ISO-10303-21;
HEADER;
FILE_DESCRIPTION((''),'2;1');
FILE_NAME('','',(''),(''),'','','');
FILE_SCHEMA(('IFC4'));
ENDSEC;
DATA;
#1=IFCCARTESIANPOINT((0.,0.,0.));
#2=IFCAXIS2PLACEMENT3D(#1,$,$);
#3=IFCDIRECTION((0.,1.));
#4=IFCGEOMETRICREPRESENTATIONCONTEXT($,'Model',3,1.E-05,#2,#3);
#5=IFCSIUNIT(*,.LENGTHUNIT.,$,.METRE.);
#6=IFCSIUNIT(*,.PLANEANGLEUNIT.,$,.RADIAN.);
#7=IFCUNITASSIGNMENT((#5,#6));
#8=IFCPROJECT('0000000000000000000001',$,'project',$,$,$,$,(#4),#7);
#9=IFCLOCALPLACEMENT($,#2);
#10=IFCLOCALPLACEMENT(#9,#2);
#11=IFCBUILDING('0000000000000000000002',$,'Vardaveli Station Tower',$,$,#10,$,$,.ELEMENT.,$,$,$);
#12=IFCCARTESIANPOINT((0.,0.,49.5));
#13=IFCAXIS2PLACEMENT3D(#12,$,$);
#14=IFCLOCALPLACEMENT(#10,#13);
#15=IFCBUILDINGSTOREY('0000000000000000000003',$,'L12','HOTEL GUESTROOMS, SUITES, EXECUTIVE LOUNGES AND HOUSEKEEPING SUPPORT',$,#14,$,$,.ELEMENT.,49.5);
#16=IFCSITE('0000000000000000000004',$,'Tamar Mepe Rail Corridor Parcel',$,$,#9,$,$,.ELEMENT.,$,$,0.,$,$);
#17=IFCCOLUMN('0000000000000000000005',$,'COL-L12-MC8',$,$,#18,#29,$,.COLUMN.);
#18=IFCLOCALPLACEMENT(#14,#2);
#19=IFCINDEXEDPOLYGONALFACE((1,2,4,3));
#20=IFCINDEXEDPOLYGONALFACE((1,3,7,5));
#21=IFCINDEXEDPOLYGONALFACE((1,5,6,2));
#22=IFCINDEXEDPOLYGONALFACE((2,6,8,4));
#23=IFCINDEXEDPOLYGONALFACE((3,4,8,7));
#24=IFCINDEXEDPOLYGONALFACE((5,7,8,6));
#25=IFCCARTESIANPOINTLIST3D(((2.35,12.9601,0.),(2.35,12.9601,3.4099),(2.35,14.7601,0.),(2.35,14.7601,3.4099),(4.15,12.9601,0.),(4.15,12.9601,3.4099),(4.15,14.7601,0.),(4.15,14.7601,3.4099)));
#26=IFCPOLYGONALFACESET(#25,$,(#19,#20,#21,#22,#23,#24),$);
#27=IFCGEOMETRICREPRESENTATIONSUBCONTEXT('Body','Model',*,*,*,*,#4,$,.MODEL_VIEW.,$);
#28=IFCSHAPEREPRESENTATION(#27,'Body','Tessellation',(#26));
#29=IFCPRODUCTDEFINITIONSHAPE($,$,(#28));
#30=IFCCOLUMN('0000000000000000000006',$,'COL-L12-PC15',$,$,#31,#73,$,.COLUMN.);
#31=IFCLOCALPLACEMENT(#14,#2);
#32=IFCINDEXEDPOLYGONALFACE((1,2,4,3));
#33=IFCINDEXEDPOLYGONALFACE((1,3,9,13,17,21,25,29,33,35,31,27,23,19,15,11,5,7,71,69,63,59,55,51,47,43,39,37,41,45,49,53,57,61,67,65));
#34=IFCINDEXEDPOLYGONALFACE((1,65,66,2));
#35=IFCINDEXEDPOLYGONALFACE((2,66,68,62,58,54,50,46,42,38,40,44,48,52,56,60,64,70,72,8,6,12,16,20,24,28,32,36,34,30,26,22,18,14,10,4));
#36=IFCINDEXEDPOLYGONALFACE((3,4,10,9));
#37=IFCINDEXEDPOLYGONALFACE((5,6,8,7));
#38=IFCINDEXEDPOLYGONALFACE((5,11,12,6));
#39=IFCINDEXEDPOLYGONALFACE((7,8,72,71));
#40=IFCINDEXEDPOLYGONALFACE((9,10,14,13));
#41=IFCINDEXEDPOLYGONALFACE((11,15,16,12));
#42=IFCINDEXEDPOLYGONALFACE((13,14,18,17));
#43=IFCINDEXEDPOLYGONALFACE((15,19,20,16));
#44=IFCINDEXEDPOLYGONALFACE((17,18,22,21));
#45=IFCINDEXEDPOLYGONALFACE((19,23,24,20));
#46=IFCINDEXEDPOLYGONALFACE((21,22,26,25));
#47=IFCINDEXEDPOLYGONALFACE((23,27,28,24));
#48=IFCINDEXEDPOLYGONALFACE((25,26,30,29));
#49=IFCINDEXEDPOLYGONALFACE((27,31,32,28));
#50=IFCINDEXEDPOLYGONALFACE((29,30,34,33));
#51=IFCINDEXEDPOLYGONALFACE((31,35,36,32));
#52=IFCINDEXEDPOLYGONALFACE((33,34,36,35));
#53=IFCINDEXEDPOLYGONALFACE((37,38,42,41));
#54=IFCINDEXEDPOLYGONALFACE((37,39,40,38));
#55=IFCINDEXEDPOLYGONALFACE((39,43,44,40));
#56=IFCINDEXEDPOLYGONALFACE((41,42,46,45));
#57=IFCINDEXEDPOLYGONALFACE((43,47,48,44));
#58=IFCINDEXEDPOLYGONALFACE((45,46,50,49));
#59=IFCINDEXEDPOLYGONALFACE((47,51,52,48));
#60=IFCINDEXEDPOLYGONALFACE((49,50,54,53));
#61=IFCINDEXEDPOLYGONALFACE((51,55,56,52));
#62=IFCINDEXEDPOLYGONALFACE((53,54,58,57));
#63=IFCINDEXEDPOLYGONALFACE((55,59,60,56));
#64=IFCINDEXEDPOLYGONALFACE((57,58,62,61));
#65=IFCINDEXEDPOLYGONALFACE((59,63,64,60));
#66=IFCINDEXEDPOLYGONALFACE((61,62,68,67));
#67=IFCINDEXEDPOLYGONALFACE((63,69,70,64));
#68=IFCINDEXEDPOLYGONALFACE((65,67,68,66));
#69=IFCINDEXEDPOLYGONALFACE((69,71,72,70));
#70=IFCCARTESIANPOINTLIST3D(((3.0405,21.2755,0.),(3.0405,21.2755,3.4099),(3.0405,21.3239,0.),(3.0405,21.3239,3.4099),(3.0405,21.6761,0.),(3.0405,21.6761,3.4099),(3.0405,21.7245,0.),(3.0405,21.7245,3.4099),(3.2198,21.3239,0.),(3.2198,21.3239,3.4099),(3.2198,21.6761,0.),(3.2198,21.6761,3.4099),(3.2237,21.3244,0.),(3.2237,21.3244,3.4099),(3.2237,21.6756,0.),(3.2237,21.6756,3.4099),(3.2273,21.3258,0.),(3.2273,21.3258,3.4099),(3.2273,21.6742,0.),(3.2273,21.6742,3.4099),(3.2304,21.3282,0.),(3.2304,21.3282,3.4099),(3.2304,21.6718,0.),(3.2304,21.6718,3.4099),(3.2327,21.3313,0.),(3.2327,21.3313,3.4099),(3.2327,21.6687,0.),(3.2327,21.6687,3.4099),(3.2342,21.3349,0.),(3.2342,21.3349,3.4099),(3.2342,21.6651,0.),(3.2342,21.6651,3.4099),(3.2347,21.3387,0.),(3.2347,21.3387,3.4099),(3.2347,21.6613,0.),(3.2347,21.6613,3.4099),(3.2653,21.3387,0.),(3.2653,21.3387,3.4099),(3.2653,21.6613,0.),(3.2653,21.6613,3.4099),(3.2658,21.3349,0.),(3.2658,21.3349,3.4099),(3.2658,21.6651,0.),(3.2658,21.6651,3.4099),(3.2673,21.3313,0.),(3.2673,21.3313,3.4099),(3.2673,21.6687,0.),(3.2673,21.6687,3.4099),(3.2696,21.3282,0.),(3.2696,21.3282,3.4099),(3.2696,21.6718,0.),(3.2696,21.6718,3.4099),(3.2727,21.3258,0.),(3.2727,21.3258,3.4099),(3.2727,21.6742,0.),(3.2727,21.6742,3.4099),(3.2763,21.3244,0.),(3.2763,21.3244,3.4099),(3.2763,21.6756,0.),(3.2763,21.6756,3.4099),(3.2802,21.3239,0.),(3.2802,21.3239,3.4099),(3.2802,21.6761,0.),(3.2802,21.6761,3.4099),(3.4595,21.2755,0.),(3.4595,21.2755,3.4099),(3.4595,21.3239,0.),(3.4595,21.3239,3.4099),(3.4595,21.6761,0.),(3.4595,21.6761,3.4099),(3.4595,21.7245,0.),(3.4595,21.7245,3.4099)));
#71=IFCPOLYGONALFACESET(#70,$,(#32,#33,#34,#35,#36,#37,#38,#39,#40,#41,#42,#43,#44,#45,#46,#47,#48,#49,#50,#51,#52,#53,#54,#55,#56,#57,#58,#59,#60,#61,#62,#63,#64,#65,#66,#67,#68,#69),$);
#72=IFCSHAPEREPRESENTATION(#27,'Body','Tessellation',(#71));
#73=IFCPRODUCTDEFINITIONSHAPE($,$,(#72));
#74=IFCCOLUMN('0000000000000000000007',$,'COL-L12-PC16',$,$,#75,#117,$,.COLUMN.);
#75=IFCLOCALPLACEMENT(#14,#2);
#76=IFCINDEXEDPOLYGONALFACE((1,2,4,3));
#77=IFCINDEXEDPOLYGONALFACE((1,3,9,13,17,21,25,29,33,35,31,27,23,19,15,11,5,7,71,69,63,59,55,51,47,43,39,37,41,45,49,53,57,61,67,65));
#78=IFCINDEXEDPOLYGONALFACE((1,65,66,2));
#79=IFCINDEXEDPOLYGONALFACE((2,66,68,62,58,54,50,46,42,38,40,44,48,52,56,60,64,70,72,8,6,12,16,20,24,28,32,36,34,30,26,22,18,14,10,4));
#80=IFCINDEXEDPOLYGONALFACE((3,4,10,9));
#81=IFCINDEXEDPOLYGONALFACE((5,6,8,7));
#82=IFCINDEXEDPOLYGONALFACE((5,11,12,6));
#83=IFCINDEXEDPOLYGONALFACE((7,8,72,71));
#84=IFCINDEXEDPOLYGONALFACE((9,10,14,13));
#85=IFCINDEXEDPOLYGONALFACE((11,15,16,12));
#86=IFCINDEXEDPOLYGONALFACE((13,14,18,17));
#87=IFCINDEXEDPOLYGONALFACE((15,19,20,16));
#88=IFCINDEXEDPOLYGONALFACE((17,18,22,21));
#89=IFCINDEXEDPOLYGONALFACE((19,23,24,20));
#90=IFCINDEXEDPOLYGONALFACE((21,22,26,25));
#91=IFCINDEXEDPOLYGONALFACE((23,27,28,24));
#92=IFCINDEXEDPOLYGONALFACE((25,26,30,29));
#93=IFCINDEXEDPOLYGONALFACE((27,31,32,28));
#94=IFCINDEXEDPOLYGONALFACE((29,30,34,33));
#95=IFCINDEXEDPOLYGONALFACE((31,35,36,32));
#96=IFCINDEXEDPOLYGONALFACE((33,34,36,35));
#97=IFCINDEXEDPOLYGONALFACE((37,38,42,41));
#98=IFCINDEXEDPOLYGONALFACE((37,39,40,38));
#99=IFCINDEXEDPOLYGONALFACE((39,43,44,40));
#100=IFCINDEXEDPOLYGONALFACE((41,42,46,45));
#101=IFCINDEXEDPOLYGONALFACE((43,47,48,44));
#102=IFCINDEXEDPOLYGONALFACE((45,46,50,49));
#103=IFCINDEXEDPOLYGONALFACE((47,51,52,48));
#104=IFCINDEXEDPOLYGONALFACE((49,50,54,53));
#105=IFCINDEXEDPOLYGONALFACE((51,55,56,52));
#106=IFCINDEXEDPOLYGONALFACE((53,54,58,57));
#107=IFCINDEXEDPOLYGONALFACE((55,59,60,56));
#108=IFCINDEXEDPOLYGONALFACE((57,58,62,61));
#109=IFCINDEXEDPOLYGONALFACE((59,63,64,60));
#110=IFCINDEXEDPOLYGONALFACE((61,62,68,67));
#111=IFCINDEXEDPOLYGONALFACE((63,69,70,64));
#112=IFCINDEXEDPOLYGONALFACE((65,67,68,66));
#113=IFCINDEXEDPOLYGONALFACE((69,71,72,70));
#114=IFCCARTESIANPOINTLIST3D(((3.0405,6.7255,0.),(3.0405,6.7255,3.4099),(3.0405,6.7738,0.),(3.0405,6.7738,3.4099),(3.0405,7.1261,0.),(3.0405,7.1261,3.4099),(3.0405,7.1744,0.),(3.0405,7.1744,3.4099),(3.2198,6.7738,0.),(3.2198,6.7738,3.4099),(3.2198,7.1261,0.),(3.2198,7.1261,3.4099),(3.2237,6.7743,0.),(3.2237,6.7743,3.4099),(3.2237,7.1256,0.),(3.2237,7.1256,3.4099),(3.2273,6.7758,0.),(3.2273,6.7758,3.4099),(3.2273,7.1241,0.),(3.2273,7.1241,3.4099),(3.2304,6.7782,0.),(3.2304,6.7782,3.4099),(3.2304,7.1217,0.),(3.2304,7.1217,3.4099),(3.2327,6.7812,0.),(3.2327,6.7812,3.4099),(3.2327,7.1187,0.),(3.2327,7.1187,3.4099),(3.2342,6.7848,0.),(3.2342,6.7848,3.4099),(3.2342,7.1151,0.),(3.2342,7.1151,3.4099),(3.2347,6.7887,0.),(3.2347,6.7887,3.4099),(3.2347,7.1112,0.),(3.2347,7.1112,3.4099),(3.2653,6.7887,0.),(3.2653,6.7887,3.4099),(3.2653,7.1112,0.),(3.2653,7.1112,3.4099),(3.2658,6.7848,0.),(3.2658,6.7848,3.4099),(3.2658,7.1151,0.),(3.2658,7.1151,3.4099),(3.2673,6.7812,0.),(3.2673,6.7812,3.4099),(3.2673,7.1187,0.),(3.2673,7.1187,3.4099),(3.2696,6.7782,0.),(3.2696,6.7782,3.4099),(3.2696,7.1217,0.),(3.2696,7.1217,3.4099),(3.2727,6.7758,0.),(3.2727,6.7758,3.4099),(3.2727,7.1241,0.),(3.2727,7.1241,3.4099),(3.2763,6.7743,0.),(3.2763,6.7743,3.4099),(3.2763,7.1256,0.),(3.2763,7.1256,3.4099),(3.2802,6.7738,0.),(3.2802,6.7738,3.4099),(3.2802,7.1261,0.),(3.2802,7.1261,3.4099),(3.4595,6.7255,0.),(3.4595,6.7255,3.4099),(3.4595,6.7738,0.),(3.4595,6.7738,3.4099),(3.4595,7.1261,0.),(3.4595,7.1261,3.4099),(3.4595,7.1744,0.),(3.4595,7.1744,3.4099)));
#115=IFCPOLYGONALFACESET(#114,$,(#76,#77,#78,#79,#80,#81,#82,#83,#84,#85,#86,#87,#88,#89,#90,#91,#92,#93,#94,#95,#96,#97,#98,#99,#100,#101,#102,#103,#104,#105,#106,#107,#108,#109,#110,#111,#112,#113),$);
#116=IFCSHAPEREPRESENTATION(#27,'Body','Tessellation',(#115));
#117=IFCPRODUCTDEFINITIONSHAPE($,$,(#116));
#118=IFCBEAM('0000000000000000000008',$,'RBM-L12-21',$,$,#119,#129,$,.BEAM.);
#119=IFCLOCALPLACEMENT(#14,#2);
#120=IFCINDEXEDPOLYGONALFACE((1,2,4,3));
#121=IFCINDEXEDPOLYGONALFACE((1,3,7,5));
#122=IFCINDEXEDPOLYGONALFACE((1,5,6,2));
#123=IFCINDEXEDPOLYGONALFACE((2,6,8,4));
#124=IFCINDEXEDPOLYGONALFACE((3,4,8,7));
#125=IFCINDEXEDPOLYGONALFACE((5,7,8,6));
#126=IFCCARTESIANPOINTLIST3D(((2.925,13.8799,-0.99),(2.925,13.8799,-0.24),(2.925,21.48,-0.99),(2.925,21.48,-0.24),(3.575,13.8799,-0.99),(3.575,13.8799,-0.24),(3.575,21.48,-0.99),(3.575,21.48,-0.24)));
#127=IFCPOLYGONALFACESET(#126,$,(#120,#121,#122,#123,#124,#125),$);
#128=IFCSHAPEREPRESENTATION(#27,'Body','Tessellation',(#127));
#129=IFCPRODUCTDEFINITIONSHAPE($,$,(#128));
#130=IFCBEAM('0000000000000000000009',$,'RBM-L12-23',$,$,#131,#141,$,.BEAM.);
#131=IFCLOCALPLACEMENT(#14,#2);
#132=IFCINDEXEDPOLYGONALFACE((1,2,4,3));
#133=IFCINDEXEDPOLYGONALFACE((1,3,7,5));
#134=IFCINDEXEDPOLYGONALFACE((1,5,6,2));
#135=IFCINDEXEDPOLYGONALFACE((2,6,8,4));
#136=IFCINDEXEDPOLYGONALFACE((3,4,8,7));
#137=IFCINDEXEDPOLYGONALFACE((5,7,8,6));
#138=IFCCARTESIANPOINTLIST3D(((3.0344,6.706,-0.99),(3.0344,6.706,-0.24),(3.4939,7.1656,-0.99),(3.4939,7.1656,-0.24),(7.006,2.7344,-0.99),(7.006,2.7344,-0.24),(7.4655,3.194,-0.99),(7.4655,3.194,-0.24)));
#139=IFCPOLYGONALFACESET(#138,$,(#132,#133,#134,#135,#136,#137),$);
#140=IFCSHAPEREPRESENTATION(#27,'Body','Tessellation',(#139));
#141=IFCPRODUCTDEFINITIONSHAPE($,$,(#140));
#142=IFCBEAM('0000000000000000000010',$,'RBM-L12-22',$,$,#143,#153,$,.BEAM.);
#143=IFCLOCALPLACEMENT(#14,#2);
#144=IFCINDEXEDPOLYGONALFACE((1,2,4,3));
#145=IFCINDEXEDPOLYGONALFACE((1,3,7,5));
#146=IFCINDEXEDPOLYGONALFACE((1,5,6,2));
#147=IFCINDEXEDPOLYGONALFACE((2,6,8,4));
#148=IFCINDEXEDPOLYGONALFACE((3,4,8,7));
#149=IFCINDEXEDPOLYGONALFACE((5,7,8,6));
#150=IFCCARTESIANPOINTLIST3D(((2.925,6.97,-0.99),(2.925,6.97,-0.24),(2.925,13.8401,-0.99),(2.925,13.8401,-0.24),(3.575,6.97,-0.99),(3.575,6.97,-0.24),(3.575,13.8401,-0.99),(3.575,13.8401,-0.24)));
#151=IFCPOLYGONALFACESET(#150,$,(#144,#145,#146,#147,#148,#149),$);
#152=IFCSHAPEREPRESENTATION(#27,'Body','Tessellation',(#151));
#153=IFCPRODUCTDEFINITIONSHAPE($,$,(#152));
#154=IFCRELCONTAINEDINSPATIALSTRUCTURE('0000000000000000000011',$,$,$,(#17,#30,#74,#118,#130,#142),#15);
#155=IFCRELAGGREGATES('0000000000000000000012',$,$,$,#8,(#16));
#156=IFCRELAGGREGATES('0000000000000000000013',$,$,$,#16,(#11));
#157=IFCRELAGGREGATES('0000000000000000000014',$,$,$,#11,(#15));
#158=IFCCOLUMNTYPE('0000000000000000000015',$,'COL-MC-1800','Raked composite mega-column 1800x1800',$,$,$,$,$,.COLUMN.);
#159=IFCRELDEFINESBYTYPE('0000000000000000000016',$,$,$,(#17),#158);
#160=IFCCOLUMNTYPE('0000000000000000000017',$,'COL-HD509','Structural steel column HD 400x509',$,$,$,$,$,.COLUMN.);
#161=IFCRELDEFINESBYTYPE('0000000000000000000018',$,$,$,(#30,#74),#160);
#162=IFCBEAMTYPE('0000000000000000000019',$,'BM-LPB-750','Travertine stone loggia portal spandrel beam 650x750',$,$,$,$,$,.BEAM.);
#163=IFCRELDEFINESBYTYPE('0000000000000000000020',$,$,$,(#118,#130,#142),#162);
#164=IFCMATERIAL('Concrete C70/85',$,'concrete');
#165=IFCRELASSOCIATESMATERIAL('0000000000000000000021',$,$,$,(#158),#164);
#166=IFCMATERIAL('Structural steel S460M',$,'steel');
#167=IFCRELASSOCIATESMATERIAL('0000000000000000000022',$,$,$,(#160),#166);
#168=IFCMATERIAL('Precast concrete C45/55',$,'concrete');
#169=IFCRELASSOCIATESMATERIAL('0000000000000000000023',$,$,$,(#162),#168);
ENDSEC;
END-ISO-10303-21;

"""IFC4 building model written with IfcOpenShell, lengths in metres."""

from ifc_helpers import new_model, si_unit, direction, frame, origin, origin_2d, place, context, subcontext, project, spatial, rectangle, i_section, extrude, source, transform, mapped, material, material_profile, profile_set, type_object, element, save


model = new_model("IFC4")

# Units and contexts
model_context = context("Model", 3, precision=1e-05, world=origin(), true_north=direction((0.0, 1.0)))
body_context = subcontext(model_context, "Body", "Model", "MODEL_VIEW")
ifc_project = project(units=[si_unit("LENGTHUNIT", "METRE"), si_unit("PLANEANGLEUNIT", "RADIAN")], contexts=[model_context])

# Site, building, storey
site_placement = place(None, origin())
site = spatial("IfcSite", under=ifc_project, at=site_placement, Name="Tamar Mepe Rail Corridor Parcel", CompositionType="ELEMENT", RefElevation=0.0)
building_placement = place(site_placement, origin())
building = spatial("IfcBuilding", under=site, at=building_placement, Name="Vardaveli Station Tower", CompositionType="ELEMENT")
storey_placement = place(building_placement, frame((0.0, 0.0, 49.5)))
storey = spatial("IfcBuildingStorey", under=building, at=storey_placement, Name="L12", Description="HOTEL GUESTROOMS, SUITES, EXECUTIVE LOUNGES AND HOUSEKEEPING SUPPORT", CompositionType="ELEMENT", Elevation=49.5)

# Columns
ifc_material_1 = material(Name="Concrete C70/85", Category="concrete")
ifc_material_profile_1 = material_profile(ifc_material_1, rectangle(XDim=1.8, YDim=1.8, at=origin_2d()), Name="MC 1800x1800")
ifc_profile_set_1 = profile_set([ifc_material_profile_1], Name="Concrete C70/85")
column_type_1 = type_object("IfcColumnType", Name="COL-MC-1800", Description="Raked composite mega-column 1800x1800", PredefinedType="COLUMN", material=ifc_profile_set_1)
shared_shape_1 = source(origin(), body_context, "Body", "SweptSolid", [
    extrude(rectangle(XDim=1.8, YDim=1.8, at=origin_2d()), origin(), (0.0, 0.0, 1.0), 3.4099),
])
column_placement = place(storey_placement, frame((3.25, 13.8601, 0.0), z_axis=(0.0, 0.0, 1.0), x_axis=(1.0, 0.0, 0.0)))
element("IfcColumn", 1, at=column_placement, inside=storey, type_object=column_type_1, Name="COL-L12-MC8", PredefinedType="COLUMN", context=body_context, shape_type="MappedRepresentation", body=[
    mapped(shared_shape_1, transform((0.0, 0.0, 0.0), scale=1.0)),
])
ifc_material_2 = material(Name="Structural steel S460M", Category="steel")
ifc_material_profile_2 = material_profile(ifc_material_2, i_section(OverallWidth=0.4189, OverallDepth=0.449, WebThickness=0.0305, FlangeThickness=0.0483, FilletRadius=0.0149, at=origin_2d()), Name="HD 400x509")
ifc_profile_set_2 = profile_set([ifc_material_profile_2], Name="Structural steel S460M")
column_type_2 = type_object("IfcColumnType", Name="COL-HD509", Description="Structural steel column HD 400x509", PredefinedType="COLUMN", material=ifc_profile_set_2)
shared_shape_2 = source(origin(), body_context, "Body", "SweptSolid", [
    extrude(i_section(OverallWidth=0.4189, OverallDepth=0.449, WebThickness=0.0305, FlangeThickness=0.0483, FilletRadius=0.0149, at=origin_2d()), origin(), (0.0, 0.0, 1.0), 3.4099),
])
for number, where, z_axis, x_axis, name in (
    (2, (3.25, 21.5, 0.0), (0.0, 0.0, 1.0), (1.0, 0.0, 0.0), "COL-L12-PC15"),
    (3, (3.25, 6.95, 0.0), (0.0, 0.0, 1.0), (1.0, 0.0, 0.0), "COL-L12-PC16"),
):
    element("IfcColumn", number, at=place(storey_placement, frame(where, z_axis=z_axis, x_axis=x_axis)), inside=storey, type_object=column_type_2, Name=name, PredefinedType="COLUMN", context=body_context, shape_type="MappedRepresentation", body=[
        mapped(shared_shape_2, transform((0.0, 0.0, 0.0), scale=1.0)),
    ])

# Beams
ifc_material_3 = material(Name="Precast concrete C45/55", Category="concrete")
ifc_material_profile_3 = material_profile(ifc_material_3, rectangle(XDim=0.6499, YDim=0.75, at=origin_2d()), Name="LPB 650x750")
ifc_profile_set_3 = profile_set([ifc_material_profile_3], Name="Precast concrete C45/55")
beam_type_1 = type_object("IfcBeamType", Name="BM-LPB-750", Description="Travertine stone loggia portal spandrel beam 650x750", PredefinedType="BEAM", material=ifc_profile_set_3)
shared_shape_3 = source(origin(), body_context, "Body", "SweptSolid", [
    extrude(rectangle(XDim=0.6499, YDim=0.75, at=origin_2d()), origin(), (0.0, 0.0, 1.0), 7.6001),
])
beam_1_placement = place(storey_placement, frame((3.25, 21.48, -0.615), z_axis=(0.0, -1.0, 0.0), x_axis=(1.0, 0.0, 0.0)))
element("IfcBeam", 4, at=beam_1_placement, inside=storey, type_object=beam_type_1, Name="RBM-L12-21", PredefinedType="BEAM", context=body_context, shape_type="MappedRepresentation", body=[
    mapped(shared_shape_3, transform((0.0, 0.0, 0.0), scale=1.0)),
])
shared_shape_4 = source(origin(), body_context, "Body", "SweptSolid", [
    extrude(rectangle(XDim=0.6499, YDim=0.75, at=origin_2d()), origin(), (0.0, 0.0, 1.0), 5.6167),
])
beam_2_placement = place(storey_placement, frame((3.2642, 6.9358, -0.615), z_axis=(0.707107, -0.707107, 0.0), x_axis=(0.707107, 0.707107, 0.0)))
element("IfcBeam", 5, at=beam_2_placement, inside=storey, type_object=beam_type_1, Name="RBM-L12-23", PredefinedType="BEAM", context=body_context, shape_type="MappedRepresentation", body=[
    mapped(shared_shape_4, transform((0.0, 0.0, 0.0), scale=1.0)),
])
shared_shape_5 = source(origin(), body_context, "Body", "SweptSolid", [
    extrude(rectangle(XDim=0.6499, YDim=0.75, at=origin_2d()), origin(), (0.0, 0.0, 1.0), 6.8701),
])
beam_3_placement = place(storey_placement, frame((3.25, 13.8401, -0.615), z_axis=(0.0, -1.0, 0.0), x_axis=(1.0, 0.0, 0.0)))
element("IfcBeam", 6, at=beam_3_placement, inside=storey, type_object=beam_type_1, Name="RBM-L12-22", PredefinedType="BEAM", context=body_context, shape_type="MappedRepresentation", body=[
    mapped(shared_shape_5, transform((0.0, 0.0, 0.0), scale=1.0)),
])

save(model, "model.ifc")
